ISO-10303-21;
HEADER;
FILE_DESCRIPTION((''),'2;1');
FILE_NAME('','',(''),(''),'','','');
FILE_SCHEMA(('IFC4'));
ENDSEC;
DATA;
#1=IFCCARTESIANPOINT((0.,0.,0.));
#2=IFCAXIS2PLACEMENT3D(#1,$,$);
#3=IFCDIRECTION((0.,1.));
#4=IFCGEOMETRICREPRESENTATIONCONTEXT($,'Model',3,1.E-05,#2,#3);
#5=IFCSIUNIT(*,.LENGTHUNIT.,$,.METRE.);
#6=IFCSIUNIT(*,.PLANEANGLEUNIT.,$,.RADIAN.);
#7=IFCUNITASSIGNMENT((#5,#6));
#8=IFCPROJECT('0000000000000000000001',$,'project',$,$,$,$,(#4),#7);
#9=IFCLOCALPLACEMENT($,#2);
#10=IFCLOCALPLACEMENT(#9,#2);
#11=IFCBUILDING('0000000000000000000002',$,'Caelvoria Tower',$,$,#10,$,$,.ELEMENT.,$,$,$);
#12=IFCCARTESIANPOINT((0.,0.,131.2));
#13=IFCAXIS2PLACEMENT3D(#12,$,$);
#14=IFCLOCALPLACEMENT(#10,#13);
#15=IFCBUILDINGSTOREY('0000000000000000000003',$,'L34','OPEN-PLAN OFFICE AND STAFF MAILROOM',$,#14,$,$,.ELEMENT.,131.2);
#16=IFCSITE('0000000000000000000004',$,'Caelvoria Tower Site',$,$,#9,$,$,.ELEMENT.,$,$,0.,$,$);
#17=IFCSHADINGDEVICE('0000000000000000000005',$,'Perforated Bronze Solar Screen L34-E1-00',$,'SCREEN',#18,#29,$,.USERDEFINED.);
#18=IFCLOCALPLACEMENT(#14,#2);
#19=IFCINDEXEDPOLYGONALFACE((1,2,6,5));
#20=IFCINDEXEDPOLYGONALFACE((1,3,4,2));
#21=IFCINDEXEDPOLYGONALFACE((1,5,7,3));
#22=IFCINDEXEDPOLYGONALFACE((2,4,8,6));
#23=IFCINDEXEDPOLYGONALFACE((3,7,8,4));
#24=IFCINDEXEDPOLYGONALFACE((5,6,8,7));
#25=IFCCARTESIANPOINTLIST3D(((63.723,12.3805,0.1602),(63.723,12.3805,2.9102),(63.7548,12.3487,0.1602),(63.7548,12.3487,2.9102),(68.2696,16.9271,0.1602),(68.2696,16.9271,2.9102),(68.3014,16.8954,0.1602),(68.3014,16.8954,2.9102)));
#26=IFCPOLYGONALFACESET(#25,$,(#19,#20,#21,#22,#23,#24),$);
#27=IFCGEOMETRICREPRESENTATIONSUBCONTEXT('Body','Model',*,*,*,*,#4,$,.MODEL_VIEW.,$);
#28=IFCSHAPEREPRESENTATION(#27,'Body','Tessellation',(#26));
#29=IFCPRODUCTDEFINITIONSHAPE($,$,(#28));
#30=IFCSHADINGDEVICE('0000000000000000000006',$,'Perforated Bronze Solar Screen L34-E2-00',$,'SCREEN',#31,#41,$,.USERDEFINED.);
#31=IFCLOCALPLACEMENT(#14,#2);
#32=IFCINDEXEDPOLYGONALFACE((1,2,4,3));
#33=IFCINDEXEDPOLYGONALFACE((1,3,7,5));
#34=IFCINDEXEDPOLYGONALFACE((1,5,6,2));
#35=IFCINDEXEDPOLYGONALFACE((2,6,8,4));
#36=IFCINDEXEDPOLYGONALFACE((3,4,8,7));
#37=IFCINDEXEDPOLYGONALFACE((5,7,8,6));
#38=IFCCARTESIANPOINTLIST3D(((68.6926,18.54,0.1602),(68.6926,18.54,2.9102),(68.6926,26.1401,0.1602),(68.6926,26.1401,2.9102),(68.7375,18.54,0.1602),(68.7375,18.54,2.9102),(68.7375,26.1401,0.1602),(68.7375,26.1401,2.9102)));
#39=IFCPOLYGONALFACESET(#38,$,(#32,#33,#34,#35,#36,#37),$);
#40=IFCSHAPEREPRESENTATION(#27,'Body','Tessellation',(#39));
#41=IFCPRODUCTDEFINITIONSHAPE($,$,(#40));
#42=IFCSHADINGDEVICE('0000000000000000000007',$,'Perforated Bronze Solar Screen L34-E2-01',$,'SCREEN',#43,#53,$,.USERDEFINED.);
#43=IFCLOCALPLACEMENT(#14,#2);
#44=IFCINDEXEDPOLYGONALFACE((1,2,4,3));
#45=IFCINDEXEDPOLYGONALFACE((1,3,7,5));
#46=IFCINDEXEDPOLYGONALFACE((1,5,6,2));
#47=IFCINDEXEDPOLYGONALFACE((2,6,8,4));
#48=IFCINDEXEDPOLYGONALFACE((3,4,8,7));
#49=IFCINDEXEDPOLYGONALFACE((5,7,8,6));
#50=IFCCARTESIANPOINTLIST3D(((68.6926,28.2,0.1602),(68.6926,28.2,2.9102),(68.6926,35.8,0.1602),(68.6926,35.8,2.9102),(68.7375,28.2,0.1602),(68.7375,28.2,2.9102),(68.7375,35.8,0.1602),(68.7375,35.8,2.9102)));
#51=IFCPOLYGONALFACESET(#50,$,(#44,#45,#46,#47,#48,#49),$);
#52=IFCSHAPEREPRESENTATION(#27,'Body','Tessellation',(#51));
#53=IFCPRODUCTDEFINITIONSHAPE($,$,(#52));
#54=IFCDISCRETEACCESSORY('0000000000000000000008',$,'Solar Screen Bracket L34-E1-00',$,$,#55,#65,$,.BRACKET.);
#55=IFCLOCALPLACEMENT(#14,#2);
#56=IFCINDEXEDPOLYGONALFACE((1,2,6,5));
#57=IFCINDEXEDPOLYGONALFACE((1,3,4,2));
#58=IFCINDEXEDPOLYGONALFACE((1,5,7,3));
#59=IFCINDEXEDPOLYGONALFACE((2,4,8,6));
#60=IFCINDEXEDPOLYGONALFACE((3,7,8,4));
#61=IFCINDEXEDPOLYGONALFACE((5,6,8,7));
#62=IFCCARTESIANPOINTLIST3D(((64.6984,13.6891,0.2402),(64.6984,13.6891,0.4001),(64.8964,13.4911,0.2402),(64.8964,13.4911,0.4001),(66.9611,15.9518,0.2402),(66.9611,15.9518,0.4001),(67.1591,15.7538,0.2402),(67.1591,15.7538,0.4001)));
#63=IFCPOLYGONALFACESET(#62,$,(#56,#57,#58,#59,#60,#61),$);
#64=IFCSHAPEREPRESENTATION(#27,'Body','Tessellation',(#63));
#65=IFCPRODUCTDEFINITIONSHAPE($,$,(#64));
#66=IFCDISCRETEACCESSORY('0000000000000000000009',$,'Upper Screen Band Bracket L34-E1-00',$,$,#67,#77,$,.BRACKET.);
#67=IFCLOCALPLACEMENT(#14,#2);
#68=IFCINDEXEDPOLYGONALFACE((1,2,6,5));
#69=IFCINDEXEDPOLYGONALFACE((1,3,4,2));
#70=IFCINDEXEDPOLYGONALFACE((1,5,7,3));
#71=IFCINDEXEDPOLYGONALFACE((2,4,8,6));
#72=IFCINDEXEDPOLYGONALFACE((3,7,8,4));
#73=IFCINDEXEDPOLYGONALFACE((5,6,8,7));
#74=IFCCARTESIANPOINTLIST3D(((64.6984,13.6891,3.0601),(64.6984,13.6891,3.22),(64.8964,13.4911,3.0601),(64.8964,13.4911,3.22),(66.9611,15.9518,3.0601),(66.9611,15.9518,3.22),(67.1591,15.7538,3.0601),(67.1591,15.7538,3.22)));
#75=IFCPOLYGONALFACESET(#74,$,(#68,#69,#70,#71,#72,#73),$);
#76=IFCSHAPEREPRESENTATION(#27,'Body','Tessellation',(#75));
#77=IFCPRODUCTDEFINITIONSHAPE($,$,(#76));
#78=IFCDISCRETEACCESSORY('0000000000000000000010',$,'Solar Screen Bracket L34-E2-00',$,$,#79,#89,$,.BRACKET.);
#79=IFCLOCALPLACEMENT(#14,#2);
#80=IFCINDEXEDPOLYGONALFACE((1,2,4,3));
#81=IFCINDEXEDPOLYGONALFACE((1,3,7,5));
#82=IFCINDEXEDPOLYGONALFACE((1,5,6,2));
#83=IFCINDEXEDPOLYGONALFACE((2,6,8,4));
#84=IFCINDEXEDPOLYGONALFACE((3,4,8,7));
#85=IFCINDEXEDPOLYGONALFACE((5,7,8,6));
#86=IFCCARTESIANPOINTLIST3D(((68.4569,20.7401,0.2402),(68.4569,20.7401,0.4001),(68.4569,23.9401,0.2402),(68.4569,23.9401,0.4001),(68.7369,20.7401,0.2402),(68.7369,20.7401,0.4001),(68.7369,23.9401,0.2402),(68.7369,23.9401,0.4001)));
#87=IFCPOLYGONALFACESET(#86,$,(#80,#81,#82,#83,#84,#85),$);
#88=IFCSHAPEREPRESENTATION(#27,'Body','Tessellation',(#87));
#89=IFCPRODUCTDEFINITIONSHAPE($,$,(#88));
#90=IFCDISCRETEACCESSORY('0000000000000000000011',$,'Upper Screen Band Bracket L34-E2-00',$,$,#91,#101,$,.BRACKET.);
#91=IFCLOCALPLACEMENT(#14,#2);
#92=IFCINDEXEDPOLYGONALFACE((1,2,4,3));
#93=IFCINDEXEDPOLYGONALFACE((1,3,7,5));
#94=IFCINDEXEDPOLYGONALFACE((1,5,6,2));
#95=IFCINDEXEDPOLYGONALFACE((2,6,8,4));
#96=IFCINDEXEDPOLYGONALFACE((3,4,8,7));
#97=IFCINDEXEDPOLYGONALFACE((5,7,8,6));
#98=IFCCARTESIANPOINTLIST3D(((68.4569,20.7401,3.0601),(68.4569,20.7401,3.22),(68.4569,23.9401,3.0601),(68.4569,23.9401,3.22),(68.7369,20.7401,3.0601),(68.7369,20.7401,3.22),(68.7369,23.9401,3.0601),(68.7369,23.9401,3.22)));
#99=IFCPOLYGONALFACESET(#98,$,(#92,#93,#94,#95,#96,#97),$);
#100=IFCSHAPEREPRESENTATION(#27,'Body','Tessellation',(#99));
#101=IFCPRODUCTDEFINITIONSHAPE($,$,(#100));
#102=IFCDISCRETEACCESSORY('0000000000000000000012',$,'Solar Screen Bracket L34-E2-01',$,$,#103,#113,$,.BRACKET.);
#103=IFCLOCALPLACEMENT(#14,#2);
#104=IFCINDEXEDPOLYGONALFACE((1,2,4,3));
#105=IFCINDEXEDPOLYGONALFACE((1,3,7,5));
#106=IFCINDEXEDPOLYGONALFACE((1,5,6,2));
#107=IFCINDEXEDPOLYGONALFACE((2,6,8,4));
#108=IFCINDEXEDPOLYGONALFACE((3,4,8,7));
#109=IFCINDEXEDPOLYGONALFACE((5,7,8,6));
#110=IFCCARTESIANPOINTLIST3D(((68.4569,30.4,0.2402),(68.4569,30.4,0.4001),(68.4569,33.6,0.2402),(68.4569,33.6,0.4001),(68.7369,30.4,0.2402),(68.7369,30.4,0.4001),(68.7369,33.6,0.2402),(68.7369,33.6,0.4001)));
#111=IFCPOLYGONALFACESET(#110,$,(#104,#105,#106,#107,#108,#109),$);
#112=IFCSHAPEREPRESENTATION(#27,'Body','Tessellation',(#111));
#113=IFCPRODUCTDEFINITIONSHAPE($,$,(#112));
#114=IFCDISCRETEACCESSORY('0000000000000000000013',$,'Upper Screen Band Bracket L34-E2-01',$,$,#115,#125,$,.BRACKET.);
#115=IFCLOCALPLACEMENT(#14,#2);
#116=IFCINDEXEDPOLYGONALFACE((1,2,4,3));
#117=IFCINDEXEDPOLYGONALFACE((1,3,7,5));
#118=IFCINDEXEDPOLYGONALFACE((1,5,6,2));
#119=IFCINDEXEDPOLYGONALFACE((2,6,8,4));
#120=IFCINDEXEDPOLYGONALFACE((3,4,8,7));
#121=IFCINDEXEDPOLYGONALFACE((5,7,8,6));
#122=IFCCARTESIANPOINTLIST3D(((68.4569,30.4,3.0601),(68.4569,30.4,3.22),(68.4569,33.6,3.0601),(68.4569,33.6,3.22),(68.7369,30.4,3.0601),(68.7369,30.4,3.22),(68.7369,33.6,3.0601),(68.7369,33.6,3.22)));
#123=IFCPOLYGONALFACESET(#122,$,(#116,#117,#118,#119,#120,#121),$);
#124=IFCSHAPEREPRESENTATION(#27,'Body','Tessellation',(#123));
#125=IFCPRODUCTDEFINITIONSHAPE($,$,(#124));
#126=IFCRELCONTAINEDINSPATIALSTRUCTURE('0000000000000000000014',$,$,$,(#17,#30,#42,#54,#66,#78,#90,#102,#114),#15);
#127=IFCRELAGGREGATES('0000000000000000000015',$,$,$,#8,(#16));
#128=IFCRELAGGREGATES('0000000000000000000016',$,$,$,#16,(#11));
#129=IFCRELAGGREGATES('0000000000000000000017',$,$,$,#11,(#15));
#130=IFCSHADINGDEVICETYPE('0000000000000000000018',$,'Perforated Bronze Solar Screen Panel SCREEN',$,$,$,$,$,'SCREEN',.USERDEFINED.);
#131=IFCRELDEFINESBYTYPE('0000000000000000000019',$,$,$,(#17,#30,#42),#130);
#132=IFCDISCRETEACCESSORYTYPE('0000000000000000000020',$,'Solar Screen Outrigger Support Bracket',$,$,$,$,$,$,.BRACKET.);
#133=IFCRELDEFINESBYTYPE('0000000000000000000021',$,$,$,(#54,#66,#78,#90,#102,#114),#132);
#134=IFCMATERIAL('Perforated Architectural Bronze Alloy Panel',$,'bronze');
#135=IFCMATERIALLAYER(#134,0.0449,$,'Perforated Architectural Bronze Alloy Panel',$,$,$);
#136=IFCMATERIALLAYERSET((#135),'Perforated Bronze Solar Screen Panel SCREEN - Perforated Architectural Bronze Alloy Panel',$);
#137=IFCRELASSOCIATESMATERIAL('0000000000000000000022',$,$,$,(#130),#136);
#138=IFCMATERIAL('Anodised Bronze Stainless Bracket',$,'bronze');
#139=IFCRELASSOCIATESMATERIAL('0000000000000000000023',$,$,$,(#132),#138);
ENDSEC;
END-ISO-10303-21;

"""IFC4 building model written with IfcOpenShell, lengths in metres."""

from ifc_helpers import new_model, si_unit, direction, frame, origin, origin_2d, place, context, subcontext, project, spatial, rectangle, extrude, material, layer, layer_set, type_object, element, save


model = new_model("IFC4")

# Units and contexts
model_context = context("Model", 3, precision=1e-05, world=origin(), true_north=direction((0.0, 1.0)))
body_context = subcontext(model_context, "Body", "Model", "MODEL_VIEW")
ifc_project = project(units=[si_unit("LENGTHUNIT", "METRE"), si_unit("PLANEANGLEUNIT", "RADIAN")], contexts=[model_context])

# Site, building, storey
site_placement = place(None, origin())
site = spatial("IfcSite", under=ifc_project, at=site_placement, Name="Caelvoria Tower Site", CompositionType="ELEMENT", RefElevation=0.0)
building_placement = place(site_placement, origin())
building = spatial("IfcBuilding", under=site, at=building_placement, Name="Caelvoria Tower", CompositionType="ELEMENT")
storey_placement = place(building_placement, frame((0.0, 0.0, 131.2)))
storey = spatial("IfcBuildingStorey", under=building, at=storey_placement, Name="L34", Description="OPEN-PLAN OFFICE AND STAFF MAILROOM", CompositionType="ELEMENT", Elevation=131.2)

# Shading devices
ifc_material_1 = material(Name="Perforated Architectural Bronze Alloy Panel", Category="bronze")
ifc_layer_1 = layer(ifc_material_1, 0.0449, Name="Perforated Architectural Bronze Alloy Panel")
ifc_layer_set_1 = layer_set([ifc_layer_1], Name="Perforated Bronze Solar Screen Panel SCREEN - Perforated Architectural Bronze Alloy Panel")
shading_device_type = type_object("IfcShadingDeviceType", Name="Perforated Bronze Solar Screen Panel SCREEN", ElementType="SCREEN", PredefinedType="USERDEFINED", material=ifc_layer_set_1)
shading_device_placement = place(storey_placement, frame((66.0122, 14.6379, 0.1602), z_axis=(0.0, 0.0, 1.0), x_axis=(0.707107, 0.707107, 0.0)))
element("IfcShadingDevice", 1, at=shading_device_placement, inside=storey, type_object=shading_device_type, Name="Perforated Bronze Solar Screen L34-E1-00", ObjectType="SCREEN", PredefinedType="USERDEFINED", context=body_context, shape_type="SweptSolid", body=[
    extrude(rectangle(XDim=6.4299, YDim=0.0449, at=origin_2d()), origin(), (0.0, 0.0, 1.0), 2.75),
])
for number, where, z_axis, x_axis, name in (
    (2, (68.7151, 22.3401, 0.1602), (0.0, 0.0, 1.0), (0.0, 1.0, 0.0), "Perforated Bronze Solar Screen L34-E2-00"),
    (3, (68.7151, 32.0, 0.1602), (0.0, 0.0, 1.0), (0.0, 1.0, 0.0), "Perforated Bronze Solar Screen L34-E2-01"),
):
    element("IfcShadingDevice", number, at=place(storey_placement, frame(where, z_axis=z_axis, x_axis=x_axis)), inside=storey, type_object=shading_device_type, Name=name, ObjectType="SCREEN", PredefinedType="USERDEFINED", context=body_context, shape_type="SweptSolid", body=[
        extrude(rectangle(XDim=7.6001, YDim=0.0449, at=origin_2d()), origin(), (0.0, 0.0, 1.0), 2.75),
    ])

# Discrete accessories
ifc_material_2 = material(Name="Anodised Bronze Stainless Bracket", Category="bronze")
discrete_accessory_type = type_object("IfcDiscreteAccessoryType", Name="Solar Screen Outrigger Support Bracket", PredefinedType="BRACKET", material=ifc_material_2)
for number, where, z_axis, x_axis, name in (
    (4, (65.9287, 14.7214, 0.2402), (0.0, 0.0, 1.0), (0.707107, 0.707107, 0.0), "Solar Screen Bracket L34-E1-00"),
    (5, (65.9287, 14.7214, 3.0601), (0.0, 0.0, 1.0), (0.707107, 0.707107, 0.0), "Upper Screen Band Bracket L34-E1-00"),
    (6, (68.5969, 22.3401, 0.2402), (0.0, 0.0, 1.0), (0.0, 1.0, 0.0), "Solar Screen Bracket L34-E2-00"),
    (7, (68.5969, 22.3401, 3.0601), (0.0, 0.0, 1.0), (0.0, 1.0, 0.0), "Upper Screen Band Bracket L34-E2-00"),
    (8, (68.5969, 32.0, 0.2402), (0.0, 0.0, 1.0), (0.0, 1.0, 0.0), "Solar Screen Bracket L34-E2-01"),
    (9, (68.5969, 32.0, 3.0601), (0.0, 0.0, 1.0), (0.0, 1.0, 0.0), "Upper Screen Band Bracket L34-E2-01"),
):
    element("IfcDiscreteAccessory", number, at=place(storey_placement, frame(where, z_axis=z_axis, x_axis=x_axis)), inside=storey, type_object=discrete_accessory_type, Name=name, PredefinedType="BRACKET", context=body_context, shape_type="SweptSolid", body=[
        extrude(rectangle(XDim=3.2, YDim=0.28, at=origin_2d()), origin(), (0.0, 0.0, 1.0), 0.1599),
    ])

save(model, "model.ifc")
